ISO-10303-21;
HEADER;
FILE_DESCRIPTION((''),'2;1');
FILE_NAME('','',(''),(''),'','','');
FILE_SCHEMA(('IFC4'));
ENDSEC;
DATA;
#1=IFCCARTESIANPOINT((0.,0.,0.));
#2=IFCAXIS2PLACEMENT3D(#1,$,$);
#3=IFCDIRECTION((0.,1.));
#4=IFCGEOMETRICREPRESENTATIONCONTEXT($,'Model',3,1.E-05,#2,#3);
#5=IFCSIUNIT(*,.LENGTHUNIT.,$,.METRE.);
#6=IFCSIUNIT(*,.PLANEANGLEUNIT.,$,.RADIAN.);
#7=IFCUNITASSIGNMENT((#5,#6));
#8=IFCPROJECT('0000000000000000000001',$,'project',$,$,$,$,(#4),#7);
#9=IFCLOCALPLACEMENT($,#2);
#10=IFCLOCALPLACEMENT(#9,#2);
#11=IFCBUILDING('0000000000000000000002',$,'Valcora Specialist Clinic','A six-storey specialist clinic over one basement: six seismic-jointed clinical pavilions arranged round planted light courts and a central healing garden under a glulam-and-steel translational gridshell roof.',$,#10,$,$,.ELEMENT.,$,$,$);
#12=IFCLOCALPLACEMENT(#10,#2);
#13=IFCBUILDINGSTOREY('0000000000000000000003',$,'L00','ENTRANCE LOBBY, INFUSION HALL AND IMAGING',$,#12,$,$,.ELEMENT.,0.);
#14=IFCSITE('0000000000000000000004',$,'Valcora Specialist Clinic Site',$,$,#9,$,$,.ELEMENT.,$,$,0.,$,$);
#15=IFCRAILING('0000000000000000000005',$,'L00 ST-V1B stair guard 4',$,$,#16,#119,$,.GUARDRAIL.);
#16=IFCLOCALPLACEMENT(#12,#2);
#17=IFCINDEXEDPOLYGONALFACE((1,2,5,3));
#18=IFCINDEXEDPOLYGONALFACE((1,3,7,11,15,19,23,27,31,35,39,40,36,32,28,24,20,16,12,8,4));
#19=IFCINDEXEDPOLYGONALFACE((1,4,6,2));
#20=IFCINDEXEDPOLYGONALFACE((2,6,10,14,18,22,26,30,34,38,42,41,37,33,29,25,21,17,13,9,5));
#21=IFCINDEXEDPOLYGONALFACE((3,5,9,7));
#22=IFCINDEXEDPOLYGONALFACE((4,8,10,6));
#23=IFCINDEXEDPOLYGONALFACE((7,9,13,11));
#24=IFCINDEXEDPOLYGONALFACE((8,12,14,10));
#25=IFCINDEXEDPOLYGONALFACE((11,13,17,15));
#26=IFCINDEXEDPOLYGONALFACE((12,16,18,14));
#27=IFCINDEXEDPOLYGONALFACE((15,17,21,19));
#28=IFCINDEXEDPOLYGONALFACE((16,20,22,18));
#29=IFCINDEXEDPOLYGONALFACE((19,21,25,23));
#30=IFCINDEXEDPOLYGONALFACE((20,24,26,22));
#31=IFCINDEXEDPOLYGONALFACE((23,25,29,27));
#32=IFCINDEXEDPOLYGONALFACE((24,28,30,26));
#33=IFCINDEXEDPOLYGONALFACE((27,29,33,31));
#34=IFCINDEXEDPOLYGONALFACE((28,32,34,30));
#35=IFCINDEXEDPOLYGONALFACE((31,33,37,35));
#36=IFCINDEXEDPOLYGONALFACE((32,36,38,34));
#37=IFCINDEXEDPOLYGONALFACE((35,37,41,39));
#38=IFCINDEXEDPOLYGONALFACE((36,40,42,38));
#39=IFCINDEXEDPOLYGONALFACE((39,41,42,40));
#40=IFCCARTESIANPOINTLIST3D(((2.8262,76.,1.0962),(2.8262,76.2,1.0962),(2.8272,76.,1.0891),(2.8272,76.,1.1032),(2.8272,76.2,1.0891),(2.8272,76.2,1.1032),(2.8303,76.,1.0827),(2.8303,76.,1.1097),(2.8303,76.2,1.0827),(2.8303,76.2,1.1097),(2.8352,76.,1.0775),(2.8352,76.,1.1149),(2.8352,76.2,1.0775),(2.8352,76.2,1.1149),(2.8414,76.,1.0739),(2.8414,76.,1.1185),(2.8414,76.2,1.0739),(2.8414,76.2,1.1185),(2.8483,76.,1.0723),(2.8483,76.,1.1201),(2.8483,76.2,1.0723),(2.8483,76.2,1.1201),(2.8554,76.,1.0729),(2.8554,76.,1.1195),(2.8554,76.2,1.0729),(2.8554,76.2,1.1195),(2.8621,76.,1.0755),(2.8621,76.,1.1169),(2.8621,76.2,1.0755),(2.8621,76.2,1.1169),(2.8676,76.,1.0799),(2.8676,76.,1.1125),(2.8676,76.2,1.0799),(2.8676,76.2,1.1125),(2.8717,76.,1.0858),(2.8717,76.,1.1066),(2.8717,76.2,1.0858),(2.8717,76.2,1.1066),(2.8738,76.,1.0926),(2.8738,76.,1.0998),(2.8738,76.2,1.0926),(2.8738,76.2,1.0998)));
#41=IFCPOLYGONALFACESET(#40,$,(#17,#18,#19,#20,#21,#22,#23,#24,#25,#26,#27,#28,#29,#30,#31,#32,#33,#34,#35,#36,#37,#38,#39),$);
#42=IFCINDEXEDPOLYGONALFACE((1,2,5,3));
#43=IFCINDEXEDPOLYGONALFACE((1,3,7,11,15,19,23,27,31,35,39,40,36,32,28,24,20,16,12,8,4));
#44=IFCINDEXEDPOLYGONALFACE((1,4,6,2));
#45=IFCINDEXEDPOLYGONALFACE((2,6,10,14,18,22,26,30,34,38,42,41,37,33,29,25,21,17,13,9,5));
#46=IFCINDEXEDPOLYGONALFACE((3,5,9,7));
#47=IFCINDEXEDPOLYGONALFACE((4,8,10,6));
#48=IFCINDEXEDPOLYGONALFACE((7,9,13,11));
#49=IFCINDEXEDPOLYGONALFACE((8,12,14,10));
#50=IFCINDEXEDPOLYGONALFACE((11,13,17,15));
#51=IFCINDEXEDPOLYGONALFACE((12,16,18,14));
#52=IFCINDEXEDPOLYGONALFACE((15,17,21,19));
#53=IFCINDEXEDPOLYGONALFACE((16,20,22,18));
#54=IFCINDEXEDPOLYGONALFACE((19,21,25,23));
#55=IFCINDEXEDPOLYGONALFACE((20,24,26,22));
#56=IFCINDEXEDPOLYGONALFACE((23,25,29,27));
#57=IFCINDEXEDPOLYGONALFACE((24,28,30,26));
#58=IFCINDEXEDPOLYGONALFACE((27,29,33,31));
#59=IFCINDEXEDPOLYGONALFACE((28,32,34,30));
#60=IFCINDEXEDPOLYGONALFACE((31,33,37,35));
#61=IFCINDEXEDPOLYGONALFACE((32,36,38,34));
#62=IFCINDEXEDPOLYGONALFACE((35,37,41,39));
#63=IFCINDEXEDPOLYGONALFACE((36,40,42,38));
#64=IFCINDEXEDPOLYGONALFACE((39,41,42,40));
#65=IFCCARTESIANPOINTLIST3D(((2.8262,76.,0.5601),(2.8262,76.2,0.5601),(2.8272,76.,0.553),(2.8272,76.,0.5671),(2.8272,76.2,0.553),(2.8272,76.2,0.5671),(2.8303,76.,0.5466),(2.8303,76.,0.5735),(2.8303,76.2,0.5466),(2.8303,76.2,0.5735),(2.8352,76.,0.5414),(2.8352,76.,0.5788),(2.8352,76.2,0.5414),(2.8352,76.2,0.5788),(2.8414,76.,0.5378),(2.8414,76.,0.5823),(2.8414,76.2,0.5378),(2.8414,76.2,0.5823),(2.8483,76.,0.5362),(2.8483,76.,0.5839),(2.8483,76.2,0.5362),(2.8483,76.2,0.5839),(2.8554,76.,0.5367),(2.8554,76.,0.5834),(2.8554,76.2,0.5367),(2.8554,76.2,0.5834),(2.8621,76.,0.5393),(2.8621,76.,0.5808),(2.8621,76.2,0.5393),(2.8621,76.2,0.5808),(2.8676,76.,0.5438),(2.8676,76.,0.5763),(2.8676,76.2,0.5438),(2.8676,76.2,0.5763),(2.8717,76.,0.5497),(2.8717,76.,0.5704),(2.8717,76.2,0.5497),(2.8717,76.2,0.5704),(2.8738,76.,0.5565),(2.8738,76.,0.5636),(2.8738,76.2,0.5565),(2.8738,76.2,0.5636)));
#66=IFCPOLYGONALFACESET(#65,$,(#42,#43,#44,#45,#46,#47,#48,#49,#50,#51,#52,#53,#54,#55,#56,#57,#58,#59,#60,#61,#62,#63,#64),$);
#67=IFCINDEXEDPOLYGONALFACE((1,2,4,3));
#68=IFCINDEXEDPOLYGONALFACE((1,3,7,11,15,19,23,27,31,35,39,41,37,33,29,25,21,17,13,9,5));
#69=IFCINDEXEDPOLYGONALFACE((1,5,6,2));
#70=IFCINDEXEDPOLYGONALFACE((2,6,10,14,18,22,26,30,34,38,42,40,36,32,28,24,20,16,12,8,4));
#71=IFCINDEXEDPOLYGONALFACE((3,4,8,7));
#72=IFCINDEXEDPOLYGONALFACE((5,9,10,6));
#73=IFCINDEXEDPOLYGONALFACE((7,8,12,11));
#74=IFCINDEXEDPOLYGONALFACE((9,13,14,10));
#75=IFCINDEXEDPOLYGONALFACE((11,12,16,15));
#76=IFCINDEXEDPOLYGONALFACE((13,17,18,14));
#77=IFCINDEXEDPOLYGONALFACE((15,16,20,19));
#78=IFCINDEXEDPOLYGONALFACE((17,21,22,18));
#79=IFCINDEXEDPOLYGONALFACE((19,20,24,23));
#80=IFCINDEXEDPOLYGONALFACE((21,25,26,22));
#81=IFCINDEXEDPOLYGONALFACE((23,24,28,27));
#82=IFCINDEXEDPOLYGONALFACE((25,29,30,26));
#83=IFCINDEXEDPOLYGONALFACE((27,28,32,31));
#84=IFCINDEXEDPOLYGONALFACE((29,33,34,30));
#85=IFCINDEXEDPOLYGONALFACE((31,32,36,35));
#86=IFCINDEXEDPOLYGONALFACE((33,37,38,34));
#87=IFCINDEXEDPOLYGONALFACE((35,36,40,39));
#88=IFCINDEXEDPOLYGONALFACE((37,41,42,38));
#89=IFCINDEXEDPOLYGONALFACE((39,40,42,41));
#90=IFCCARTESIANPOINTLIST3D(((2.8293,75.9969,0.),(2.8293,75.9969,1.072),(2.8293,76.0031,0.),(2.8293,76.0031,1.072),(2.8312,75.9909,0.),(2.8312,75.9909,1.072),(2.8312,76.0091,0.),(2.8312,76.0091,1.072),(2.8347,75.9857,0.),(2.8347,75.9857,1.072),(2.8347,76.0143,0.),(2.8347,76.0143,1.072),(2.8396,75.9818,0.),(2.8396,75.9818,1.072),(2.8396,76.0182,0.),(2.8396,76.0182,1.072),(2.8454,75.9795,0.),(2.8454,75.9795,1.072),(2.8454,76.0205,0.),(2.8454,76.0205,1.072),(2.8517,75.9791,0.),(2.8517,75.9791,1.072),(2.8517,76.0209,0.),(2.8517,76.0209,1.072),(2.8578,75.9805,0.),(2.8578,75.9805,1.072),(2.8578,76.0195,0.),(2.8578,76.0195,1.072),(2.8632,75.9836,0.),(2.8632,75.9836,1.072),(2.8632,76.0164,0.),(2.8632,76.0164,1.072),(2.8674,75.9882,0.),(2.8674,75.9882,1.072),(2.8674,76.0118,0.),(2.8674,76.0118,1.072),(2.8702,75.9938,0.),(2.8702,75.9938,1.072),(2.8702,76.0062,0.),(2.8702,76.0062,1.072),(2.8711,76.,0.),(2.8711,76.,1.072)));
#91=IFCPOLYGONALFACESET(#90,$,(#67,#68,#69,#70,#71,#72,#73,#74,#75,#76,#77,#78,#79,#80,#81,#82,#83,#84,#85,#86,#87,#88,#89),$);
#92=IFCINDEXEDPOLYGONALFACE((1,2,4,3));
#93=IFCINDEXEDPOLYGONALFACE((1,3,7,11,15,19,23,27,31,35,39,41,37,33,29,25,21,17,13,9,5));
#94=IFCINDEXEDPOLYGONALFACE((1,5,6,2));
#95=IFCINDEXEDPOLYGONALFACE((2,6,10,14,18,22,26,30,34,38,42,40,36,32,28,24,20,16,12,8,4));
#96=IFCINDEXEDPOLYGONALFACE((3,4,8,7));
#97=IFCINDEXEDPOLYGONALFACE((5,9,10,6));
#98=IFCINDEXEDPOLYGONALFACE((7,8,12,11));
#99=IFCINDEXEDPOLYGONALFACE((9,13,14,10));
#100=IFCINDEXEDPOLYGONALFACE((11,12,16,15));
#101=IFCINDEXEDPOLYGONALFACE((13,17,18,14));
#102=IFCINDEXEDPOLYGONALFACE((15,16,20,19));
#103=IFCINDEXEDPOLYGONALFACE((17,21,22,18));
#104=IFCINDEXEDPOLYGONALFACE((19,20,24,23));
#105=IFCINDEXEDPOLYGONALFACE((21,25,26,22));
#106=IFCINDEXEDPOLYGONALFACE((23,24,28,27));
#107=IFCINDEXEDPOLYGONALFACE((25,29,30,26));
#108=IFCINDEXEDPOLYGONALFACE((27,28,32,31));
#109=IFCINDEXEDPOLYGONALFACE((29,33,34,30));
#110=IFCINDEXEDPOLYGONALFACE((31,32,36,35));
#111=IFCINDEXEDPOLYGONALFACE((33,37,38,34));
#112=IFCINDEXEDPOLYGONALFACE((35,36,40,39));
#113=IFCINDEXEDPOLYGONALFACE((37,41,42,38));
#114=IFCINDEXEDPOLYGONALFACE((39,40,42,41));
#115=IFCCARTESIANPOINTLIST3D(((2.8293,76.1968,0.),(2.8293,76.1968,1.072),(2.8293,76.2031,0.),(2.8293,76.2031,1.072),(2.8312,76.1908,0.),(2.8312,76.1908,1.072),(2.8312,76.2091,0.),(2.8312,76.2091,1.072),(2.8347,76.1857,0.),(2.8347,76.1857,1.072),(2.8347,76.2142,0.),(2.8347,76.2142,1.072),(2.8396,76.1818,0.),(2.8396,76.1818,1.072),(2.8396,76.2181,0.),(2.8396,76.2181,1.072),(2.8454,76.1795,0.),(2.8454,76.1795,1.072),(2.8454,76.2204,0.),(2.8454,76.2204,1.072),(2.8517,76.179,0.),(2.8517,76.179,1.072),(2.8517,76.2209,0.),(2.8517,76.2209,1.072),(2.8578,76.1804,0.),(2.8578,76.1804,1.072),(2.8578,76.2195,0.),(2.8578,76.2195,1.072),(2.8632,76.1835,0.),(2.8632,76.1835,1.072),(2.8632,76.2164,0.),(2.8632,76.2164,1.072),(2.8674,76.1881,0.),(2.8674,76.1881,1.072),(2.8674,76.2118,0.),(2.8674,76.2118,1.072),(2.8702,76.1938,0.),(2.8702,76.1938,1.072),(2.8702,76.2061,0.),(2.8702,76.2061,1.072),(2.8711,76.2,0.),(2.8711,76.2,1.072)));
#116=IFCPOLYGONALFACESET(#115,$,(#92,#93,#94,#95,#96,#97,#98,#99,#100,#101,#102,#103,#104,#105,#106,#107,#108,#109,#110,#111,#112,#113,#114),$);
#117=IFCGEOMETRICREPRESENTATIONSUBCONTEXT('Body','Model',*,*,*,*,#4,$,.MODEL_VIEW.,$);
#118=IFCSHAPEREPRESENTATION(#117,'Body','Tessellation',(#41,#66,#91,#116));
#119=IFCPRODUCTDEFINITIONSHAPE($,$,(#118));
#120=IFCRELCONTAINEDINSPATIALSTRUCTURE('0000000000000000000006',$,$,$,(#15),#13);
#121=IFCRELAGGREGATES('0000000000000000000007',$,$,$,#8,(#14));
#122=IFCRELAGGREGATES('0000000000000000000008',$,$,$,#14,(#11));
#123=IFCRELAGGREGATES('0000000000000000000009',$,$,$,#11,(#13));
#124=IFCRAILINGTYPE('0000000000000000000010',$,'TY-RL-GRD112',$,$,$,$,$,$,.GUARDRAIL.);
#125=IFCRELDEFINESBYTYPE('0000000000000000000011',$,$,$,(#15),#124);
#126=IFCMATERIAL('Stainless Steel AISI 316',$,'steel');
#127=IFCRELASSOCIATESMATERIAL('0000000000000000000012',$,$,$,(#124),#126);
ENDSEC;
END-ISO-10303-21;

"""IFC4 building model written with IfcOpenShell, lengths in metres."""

from ifc_helpers import new_model, si_unit, direction, frame, origin, origin_2d, place, context, subcontext, project, spatial, circle, extrude, material, type_object, element, save


model = new_model("IFC4")

# Units and contexts
model_context = context("Model", 3, precision=1e-05, world=origin(), true_north=direction((0.0, 1.0)))
body_context = subcontext(model_context, "Body", "Model", "MODEL_VIEW")
ifc_project = project(units=[si_unit("LENGTHUNIT", "METRE"), si_unit("PLANEANGLEUNIT", "RADIAN")], contexts=[model_context])

# Site, building, storey
site_placement = place(None, origin())
site = spatial("IfcSite", under=ifc_project, at=site_placement, Name="Valcora Specialist Clinic Site", CompositionType="ELEMENT", RefElevation=0.0)
building_placement = place(site_placement, origin())
building = spatial("IfcBuilding", under=site, at=building_placement, Name="Valcora Specialist Clinic", Description="A six-storey specialist clinic over one basement: six seismic-jointed clinical pavilions arranged round planted light courts and a central healing garden under a glulam-and-steel translational gridshell roof.", CompositionType="ELEMENT")
storey_placement = place(building_placement, origin())
storey = spatial("IfcBuildingStorey", under=building, at=storey_placement, Name="L00", Description="ENTRANCE LOBBY, INFUSION HALL AND IMAGING", CompositionType="ELEMENT", Elevation=0.0)

# Railing
ifc_material_1 = material(Name="Stainless Steel AISI 316", Category="steel")
railing_type_1 = type_object("IfcRailingType", Name="TY-RL-GRD112", PredefinedType="GUARDRAIL", material=ifc_material_1)
railing_1_placement = place(storey_placement, frame((2.8501, 76.0, 0.0)))
element("IfcRailing", 1, at=railing_1_placement, inside=storey, type_object=railing_type_1, Name="L00 ST-V1B stair guard 4", PredefinedType="GUARDRAIL", context=body_context, shape_type="SweptSolid", body=[
    extrude(circle(Radius=0.0239, at=origin_2d()), frame((0.0, 0.0, 1.0962), z_axis=(0.0, 1.0, 0.0), x_axis=(-1.0, 0.0, 0.0)), (0.0, 0.0, 1.0), 0.2),
    extrude(circle(Radius=0.0239, at=origin_2d()), frame((0.0, 0.0, 0.5601), z_axis=(0.0, 1.0, 0.0), x_axis=(-1.0, 0.0, 0.0)), (0.0, 0.0, 1.0), 0.2),
    extrude(circle(Radius=0.021, at=origin_2d()), origin(), (0.0, 0.0, 1.0), 1.072),
    extrude(circle(Radius=0.021, at=origin_2d()), frame((0.0, 0.2, 0.0)), (0.0, 0.0, 1.0), 1.072),
])

save(model, "model.ifc")
